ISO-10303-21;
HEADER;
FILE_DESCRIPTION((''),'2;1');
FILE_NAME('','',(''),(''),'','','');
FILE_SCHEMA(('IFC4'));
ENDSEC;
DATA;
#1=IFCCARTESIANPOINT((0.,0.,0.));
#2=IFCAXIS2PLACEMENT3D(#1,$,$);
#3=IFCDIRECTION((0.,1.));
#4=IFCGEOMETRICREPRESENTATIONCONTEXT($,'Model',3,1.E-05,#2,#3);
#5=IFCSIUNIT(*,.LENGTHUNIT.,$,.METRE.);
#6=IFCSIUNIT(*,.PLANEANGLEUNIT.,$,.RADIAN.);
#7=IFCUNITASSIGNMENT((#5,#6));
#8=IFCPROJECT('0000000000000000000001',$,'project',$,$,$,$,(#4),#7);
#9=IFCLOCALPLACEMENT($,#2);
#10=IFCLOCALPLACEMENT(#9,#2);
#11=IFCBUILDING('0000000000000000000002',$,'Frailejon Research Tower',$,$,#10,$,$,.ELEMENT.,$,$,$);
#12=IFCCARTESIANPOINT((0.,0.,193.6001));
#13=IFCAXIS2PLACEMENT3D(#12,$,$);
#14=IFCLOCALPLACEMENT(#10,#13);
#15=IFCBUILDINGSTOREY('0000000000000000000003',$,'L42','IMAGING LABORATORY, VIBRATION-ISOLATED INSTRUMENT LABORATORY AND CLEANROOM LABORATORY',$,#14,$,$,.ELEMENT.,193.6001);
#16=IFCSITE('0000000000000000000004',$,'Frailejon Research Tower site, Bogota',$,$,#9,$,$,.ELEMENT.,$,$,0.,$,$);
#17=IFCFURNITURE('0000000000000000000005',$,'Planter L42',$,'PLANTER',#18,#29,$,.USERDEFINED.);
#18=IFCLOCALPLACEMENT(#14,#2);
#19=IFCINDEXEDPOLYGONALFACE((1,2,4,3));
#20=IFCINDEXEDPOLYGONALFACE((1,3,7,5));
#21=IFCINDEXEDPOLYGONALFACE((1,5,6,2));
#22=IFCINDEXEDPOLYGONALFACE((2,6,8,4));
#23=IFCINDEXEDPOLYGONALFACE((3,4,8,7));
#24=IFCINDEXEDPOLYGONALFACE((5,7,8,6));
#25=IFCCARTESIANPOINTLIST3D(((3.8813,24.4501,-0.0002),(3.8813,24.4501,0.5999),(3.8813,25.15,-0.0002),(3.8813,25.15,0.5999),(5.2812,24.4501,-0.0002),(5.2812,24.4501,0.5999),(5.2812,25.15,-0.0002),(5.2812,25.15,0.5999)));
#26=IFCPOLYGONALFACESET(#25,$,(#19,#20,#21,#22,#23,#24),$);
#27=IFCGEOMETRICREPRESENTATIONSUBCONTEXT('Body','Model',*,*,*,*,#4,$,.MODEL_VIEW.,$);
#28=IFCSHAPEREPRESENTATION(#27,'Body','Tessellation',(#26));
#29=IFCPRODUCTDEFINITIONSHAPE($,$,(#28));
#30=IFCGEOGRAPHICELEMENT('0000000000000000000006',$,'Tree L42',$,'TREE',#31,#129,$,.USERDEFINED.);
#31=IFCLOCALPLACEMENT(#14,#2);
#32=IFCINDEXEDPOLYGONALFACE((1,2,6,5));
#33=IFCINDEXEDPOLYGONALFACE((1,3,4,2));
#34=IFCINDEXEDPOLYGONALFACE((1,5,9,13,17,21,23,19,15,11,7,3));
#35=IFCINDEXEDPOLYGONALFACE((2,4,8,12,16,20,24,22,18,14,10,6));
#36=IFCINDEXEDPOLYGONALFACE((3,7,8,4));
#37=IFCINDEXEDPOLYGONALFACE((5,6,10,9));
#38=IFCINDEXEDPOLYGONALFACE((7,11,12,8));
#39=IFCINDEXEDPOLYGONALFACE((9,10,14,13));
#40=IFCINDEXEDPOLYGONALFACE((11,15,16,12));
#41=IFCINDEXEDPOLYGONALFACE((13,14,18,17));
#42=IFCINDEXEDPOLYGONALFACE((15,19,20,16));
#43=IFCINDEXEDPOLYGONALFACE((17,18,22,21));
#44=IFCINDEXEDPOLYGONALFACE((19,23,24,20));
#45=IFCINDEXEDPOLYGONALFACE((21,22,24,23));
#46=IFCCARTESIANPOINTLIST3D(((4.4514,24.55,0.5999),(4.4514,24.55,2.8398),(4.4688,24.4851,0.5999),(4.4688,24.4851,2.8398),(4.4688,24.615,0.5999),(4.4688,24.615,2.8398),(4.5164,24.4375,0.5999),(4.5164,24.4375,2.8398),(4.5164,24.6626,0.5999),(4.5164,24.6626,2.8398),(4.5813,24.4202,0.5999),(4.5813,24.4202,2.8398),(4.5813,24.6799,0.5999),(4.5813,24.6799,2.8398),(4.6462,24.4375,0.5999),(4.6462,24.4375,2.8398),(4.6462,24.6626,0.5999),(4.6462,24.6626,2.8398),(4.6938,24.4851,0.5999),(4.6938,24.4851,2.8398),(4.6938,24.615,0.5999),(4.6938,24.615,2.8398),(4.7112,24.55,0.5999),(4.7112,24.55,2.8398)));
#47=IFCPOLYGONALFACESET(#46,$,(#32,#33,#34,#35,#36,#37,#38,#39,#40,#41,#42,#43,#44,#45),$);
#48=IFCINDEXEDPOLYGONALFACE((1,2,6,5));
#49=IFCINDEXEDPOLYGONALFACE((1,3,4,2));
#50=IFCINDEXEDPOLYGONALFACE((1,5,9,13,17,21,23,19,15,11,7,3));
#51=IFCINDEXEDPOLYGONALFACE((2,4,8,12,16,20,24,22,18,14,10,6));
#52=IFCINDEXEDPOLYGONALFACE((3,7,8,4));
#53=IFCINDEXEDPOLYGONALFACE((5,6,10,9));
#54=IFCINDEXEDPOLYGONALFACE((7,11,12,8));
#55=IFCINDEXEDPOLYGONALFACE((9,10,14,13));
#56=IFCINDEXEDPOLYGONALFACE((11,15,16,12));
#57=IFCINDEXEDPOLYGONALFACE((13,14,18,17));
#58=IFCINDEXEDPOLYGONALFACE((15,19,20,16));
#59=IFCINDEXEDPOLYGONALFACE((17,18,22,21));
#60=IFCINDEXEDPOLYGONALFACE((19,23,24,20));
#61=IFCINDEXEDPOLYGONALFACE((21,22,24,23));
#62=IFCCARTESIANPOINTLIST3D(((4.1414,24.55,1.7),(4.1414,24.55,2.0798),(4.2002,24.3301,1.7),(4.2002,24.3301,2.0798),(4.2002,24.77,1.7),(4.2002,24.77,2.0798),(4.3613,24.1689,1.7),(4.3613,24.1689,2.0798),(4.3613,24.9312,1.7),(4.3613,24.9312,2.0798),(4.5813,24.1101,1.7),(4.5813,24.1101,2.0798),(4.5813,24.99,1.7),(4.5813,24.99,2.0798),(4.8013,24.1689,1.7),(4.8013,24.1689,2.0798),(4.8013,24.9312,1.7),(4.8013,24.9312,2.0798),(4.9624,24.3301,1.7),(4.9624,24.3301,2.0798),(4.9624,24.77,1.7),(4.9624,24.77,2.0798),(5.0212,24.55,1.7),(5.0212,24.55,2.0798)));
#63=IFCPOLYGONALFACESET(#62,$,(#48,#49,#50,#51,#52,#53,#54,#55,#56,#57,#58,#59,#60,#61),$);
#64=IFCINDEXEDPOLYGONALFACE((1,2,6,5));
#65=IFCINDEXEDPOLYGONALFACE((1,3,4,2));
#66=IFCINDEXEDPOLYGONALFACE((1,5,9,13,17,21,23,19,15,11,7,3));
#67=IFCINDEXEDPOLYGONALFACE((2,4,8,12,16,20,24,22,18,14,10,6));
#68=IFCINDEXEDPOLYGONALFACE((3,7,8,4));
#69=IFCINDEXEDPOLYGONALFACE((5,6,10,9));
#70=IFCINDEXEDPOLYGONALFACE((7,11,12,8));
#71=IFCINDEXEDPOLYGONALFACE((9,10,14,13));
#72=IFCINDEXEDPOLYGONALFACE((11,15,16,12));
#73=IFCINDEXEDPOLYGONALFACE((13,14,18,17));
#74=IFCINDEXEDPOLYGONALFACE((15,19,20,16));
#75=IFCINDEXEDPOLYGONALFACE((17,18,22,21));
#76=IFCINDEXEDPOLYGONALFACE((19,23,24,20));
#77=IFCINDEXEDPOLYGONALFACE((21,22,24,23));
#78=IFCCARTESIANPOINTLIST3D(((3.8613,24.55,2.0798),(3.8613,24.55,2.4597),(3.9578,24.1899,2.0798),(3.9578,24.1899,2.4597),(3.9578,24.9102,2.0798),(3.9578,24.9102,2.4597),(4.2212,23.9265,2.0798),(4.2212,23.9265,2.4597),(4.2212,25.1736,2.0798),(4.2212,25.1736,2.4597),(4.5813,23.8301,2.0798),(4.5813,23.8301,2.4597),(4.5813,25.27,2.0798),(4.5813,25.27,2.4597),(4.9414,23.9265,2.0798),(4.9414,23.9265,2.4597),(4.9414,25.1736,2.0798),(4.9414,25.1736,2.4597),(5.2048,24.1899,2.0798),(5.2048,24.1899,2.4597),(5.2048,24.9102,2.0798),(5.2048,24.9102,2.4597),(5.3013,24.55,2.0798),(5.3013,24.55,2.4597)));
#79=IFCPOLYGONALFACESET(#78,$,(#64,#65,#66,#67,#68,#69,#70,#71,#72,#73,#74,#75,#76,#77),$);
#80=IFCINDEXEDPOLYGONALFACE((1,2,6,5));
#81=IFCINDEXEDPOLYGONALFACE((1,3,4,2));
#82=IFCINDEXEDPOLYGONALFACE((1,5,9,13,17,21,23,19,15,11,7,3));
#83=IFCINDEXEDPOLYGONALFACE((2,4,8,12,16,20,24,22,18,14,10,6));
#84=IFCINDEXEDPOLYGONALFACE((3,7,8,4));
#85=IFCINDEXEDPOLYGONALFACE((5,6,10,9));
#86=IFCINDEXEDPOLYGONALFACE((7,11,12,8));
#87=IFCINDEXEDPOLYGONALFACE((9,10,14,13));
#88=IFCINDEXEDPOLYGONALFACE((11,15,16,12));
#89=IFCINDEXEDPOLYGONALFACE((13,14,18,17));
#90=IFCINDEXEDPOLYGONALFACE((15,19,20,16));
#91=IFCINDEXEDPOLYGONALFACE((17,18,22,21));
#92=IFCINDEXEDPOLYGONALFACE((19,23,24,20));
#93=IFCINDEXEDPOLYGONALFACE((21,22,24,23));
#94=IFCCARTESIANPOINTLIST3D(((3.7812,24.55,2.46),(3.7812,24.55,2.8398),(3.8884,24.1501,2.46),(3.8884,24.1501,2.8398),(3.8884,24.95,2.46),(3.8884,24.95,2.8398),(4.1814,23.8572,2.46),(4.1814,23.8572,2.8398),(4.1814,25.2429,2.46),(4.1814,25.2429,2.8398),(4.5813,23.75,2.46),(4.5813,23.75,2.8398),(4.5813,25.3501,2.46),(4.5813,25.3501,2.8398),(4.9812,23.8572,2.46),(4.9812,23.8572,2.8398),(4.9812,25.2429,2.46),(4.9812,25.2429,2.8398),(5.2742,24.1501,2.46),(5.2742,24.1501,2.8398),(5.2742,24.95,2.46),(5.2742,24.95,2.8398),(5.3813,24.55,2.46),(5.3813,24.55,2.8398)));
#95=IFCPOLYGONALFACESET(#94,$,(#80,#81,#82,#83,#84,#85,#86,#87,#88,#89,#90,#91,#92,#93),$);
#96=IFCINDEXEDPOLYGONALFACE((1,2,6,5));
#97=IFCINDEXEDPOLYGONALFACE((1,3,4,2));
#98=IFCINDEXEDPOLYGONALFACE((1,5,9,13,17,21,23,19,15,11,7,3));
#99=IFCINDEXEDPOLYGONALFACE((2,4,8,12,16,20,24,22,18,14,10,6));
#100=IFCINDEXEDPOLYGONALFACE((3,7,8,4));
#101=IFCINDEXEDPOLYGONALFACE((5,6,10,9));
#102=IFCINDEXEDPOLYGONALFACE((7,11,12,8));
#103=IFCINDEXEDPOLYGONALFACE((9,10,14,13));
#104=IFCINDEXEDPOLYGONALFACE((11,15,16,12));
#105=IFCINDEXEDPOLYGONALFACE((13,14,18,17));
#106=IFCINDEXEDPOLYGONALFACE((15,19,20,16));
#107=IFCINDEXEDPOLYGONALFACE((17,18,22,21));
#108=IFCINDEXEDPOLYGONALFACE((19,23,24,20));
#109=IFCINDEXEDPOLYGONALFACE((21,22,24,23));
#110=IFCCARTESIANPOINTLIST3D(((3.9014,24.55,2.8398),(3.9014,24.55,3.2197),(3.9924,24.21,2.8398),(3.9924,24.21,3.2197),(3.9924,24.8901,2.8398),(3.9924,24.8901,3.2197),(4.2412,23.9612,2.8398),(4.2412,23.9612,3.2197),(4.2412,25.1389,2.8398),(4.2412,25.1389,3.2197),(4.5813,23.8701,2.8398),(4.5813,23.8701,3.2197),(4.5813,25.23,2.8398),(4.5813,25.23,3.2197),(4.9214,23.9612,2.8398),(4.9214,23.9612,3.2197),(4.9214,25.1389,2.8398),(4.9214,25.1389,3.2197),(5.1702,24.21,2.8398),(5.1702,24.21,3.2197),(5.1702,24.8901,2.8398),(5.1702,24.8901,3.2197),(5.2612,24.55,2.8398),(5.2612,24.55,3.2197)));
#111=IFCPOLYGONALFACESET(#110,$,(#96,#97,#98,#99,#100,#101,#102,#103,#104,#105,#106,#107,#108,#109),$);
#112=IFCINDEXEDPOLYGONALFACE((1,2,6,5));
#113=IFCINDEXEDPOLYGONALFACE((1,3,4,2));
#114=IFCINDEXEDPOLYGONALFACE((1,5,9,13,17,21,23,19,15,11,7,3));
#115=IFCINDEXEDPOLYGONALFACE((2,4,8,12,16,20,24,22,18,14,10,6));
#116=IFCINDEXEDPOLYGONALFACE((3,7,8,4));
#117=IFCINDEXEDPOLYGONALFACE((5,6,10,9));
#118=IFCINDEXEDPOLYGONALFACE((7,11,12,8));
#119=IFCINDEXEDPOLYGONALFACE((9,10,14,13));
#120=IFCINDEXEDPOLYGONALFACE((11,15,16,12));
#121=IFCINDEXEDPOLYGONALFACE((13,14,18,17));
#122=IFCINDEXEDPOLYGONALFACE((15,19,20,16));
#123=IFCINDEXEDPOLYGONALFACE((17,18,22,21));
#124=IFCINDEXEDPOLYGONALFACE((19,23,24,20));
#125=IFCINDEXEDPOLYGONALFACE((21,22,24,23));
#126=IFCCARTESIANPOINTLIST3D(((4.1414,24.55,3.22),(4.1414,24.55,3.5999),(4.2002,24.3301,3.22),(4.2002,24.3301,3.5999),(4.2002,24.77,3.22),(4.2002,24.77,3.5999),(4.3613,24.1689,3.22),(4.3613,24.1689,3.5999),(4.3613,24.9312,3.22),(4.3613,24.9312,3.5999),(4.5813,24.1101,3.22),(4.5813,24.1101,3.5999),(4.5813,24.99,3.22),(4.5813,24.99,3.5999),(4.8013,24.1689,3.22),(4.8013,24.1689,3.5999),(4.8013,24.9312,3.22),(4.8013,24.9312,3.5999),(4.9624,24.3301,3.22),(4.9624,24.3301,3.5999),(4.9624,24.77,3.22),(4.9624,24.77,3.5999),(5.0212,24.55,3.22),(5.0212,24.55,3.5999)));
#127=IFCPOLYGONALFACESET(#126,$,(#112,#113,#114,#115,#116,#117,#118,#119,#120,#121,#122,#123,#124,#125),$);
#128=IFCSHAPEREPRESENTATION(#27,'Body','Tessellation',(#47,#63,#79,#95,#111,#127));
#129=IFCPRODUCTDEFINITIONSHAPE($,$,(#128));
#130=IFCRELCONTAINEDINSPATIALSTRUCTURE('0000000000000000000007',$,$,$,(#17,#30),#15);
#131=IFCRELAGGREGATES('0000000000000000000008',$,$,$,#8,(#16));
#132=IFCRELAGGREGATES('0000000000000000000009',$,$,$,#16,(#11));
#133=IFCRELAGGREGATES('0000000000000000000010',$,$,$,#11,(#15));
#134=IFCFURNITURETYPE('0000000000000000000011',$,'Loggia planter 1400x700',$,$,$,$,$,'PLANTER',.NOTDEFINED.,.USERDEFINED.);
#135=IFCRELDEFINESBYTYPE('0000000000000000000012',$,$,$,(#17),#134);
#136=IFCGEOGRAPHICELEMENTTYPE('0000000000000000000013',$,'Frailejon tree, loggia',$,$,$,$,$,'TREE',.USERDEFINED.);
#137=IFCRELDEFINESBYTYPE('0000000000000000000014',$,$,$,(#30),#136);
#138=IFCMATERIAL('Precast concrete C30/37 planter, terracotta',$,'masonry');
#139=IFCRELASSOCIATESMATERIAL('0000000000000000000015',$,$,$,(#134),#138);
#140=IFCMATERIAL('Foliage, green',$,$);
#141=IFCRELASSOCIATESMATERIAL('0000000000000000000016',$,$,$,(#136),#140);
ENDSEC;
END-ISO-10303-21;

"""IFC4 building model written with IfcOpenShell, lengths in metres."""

from ifc_helpers import new_model, si_unit, direction, frame, origin, origin_2d, place, context, subcontext, project, spatial, polyline, rectangle, outline, extrude, material, type_object, element, save


model = new_model("IFC4")

# Units and contexts
model_context = context("Model", 3, precision=1e-05, world=origin(), true_north=direction((0.0, 1.0)))
body_context = subcontext(model_context, "Body", "Model", "MODEL_VIEW")
ifc_project = project(units=[si_unit("LENGTHUNIT", "METRE"), si_unit("PLANEANGLEUNIT", "RADIAN")], contexts=[model_context])

# Site, building, storey
site_placement = place(None, origin())
site = spatial("IfcSite", under=ifc_project, at=site_placement, Name="Frailejon Research Tower site, Bogota", CompositionType="ELEMENT", RefElevation=0.0)
building_placement = place(site_placement, origin())
building = spatial("IfcBuilding", under=site, at=building_placement, Name="Frailejon Research Tower", CompositionType="ELEMENT")
storey_placement = place(building_placement, frame((0.0, 0.0, 193.6001)))
storey = spatial("IfcBuildingStorey", under=building, at=storey_placement, Name="L42", Description="IMAGING LABORATORY, VIBRATION-ISOLATED INSTRUMENT LABORATORY AND CLEANROOM LABORATORY", CompositionType="ELEMENT", Elevation=193.6001)

# Furniture
ifc_material_1 = material(Name="Precast concrete C30/37 planter, terracotta", Category="masonry")
furniture_type = type_object("IfcFurnitureType", Name="Loggia planter 1400x700", ElementType="PLANTER", AssemblyPlace="NOTDEFINED", PredefinedType="USERDEFINED", material=ifc_material_1)
furniture_placement = place(storey_placement, frame((4.5813, 24.8, -0.0002), z_axis=(0.0, 0.0, 1.0), x_axis=(-1.0, 0.0, 0.0)))
element("IfcFurniture", 1, at=furniture_placement, inside=storey, type_object=furniture_type, Name="Planter L42", ObjectType="PLANTER", PredefinedType="USERDEFINED", context=body_context, shape_type="SweptSolid", body=[
    extrude(rectangle(XDim=1.3999, YDim=0.7, at=origin_2d()), origin(), (0.0, 0.0, 1.0), 0.6001),
])

# Geographic element
ifc_material_2 = material(Name="Foliage, green")
geographic_element_type = type_object("IfcGeographicElementType", Name="Frailejon tree, loggia", ElementType="TREE", PredefinedType="USERDEFINED", material=ifc_material_2)
geographic_element_placement = place(storey_placement, frame((4.5813, 24.55, 0.5999)))
element("IfcGeographicElement", 2, at=geographic_element_placement, inside=storey, type_object=geographic_element_type, Name="Tree L42", ObjectType="TREE", PredefinedType="USERDEFINED", context=body_context, shape_type="SweptSolid", body=[
    extrude(outline(polyline([(0.1299, 0.0), (0.1125, 0.0649), (0.0649, 0.1125), (0.0, 0.1299), (-0.0649, 0.1125), (-0.1125, 0.0649), (-0.1299, 0.0), (-0.1125, -0.0649), (-0.0649, -0.1125), (0.0, -0.1299), (0.0649, -0.1125), (0.1125, -0.0649), (0.1299, 0.0)])), origin(), (0.0, 0.0, 1.0), 2.24),
    extrude(outline(polyline([(0.4399, 0.0), (0.3811, 0.22), (0.22, 0.3811), (0.0, 0.4399), (-0.22, 0.3811), (-0.3811, 0.22), (-0.4399, 0.0), (-0.3811, -0.22), (-0.22, -0.3811), (0.0, -0.4399), (0.22, -0.3811), (0.3811, -0.22), (0.4399, 0.0)])), frame((0.0, 0.0, 1.1001)), (0.0, 0.0, 1.0), 0.3799),
    extrude(outline(polyline([(0.72, 0.0), (0.6235, 0.3601), (0.3601, 0.6235), (0.0, 0.72), (-0.3601, 0.6235), (-0.6235, 0.3601), (-0.72, 0.0), (-0.6235, -0.3601), (-0.3601, -0.6235), (0.0, -0.72), (0.3601, -0.6235), (0.6235, -0.3601), (0.72, 0.0)])), frame((0.0, 0.0, 1.48)), (0.0, 0.0, 1.0), 0.3799),
    extrude(outline(polyline([(0.8, 0.0), (0.6929, 0.3999), (0.3999, 0.6929), (0.0, 0.8), (-0.3999, 0.6929), (-0.6929, 0.3999), (-0.8, 0.0), (-0.6929, -0.3999), (-0.3999, -0.6929), (0.0, -0.8), (0.3999, -0.6929), (0.6929, -0.3999), (0.8, 0.0)])), frame((0.0, 0.0, 1.8601)), (0.0, 0.0, 1.0), 0.3799),
    extrude(outline(polyline([(0.6799, 0.0), (0.5889, 0.3401), (0.3401, 0.5889), (0.0, 0.6799), (-0.3401, 0.5889), (-0.5889, 0.3401), (-0.6799, 0.0), (-0.5889, -0.3401), (-0.3401, -0.5889), (0.0, -0.6799), (0.3401, -0.5889), (0.5889, -0.3401), (0.6799, 0.0)])), frame((0.0, 0.0, 2.24)), (0.0, 0.0, 1.0), 0.3799),
    extrude(outline(polyline([(0.4399, 0.0), (0.3811, 0.22), (0.22, 0.3811), (0.0, 0.4399), (-0.22, 0.3811), (-0.3811, 0.22), (-0.4399, 0.0), (-0.3811, -0.22), (-0.22, -0.3811), (0.0, -0.4399), (0.22, -0.3811), (0.3811, -0.22), (0.4399, 0.0)])), frame((0.0, 0.0, 2.6201)), (0.0, 0.0, 1.0), 0.3799),
])

save(model, "model.ifc")
